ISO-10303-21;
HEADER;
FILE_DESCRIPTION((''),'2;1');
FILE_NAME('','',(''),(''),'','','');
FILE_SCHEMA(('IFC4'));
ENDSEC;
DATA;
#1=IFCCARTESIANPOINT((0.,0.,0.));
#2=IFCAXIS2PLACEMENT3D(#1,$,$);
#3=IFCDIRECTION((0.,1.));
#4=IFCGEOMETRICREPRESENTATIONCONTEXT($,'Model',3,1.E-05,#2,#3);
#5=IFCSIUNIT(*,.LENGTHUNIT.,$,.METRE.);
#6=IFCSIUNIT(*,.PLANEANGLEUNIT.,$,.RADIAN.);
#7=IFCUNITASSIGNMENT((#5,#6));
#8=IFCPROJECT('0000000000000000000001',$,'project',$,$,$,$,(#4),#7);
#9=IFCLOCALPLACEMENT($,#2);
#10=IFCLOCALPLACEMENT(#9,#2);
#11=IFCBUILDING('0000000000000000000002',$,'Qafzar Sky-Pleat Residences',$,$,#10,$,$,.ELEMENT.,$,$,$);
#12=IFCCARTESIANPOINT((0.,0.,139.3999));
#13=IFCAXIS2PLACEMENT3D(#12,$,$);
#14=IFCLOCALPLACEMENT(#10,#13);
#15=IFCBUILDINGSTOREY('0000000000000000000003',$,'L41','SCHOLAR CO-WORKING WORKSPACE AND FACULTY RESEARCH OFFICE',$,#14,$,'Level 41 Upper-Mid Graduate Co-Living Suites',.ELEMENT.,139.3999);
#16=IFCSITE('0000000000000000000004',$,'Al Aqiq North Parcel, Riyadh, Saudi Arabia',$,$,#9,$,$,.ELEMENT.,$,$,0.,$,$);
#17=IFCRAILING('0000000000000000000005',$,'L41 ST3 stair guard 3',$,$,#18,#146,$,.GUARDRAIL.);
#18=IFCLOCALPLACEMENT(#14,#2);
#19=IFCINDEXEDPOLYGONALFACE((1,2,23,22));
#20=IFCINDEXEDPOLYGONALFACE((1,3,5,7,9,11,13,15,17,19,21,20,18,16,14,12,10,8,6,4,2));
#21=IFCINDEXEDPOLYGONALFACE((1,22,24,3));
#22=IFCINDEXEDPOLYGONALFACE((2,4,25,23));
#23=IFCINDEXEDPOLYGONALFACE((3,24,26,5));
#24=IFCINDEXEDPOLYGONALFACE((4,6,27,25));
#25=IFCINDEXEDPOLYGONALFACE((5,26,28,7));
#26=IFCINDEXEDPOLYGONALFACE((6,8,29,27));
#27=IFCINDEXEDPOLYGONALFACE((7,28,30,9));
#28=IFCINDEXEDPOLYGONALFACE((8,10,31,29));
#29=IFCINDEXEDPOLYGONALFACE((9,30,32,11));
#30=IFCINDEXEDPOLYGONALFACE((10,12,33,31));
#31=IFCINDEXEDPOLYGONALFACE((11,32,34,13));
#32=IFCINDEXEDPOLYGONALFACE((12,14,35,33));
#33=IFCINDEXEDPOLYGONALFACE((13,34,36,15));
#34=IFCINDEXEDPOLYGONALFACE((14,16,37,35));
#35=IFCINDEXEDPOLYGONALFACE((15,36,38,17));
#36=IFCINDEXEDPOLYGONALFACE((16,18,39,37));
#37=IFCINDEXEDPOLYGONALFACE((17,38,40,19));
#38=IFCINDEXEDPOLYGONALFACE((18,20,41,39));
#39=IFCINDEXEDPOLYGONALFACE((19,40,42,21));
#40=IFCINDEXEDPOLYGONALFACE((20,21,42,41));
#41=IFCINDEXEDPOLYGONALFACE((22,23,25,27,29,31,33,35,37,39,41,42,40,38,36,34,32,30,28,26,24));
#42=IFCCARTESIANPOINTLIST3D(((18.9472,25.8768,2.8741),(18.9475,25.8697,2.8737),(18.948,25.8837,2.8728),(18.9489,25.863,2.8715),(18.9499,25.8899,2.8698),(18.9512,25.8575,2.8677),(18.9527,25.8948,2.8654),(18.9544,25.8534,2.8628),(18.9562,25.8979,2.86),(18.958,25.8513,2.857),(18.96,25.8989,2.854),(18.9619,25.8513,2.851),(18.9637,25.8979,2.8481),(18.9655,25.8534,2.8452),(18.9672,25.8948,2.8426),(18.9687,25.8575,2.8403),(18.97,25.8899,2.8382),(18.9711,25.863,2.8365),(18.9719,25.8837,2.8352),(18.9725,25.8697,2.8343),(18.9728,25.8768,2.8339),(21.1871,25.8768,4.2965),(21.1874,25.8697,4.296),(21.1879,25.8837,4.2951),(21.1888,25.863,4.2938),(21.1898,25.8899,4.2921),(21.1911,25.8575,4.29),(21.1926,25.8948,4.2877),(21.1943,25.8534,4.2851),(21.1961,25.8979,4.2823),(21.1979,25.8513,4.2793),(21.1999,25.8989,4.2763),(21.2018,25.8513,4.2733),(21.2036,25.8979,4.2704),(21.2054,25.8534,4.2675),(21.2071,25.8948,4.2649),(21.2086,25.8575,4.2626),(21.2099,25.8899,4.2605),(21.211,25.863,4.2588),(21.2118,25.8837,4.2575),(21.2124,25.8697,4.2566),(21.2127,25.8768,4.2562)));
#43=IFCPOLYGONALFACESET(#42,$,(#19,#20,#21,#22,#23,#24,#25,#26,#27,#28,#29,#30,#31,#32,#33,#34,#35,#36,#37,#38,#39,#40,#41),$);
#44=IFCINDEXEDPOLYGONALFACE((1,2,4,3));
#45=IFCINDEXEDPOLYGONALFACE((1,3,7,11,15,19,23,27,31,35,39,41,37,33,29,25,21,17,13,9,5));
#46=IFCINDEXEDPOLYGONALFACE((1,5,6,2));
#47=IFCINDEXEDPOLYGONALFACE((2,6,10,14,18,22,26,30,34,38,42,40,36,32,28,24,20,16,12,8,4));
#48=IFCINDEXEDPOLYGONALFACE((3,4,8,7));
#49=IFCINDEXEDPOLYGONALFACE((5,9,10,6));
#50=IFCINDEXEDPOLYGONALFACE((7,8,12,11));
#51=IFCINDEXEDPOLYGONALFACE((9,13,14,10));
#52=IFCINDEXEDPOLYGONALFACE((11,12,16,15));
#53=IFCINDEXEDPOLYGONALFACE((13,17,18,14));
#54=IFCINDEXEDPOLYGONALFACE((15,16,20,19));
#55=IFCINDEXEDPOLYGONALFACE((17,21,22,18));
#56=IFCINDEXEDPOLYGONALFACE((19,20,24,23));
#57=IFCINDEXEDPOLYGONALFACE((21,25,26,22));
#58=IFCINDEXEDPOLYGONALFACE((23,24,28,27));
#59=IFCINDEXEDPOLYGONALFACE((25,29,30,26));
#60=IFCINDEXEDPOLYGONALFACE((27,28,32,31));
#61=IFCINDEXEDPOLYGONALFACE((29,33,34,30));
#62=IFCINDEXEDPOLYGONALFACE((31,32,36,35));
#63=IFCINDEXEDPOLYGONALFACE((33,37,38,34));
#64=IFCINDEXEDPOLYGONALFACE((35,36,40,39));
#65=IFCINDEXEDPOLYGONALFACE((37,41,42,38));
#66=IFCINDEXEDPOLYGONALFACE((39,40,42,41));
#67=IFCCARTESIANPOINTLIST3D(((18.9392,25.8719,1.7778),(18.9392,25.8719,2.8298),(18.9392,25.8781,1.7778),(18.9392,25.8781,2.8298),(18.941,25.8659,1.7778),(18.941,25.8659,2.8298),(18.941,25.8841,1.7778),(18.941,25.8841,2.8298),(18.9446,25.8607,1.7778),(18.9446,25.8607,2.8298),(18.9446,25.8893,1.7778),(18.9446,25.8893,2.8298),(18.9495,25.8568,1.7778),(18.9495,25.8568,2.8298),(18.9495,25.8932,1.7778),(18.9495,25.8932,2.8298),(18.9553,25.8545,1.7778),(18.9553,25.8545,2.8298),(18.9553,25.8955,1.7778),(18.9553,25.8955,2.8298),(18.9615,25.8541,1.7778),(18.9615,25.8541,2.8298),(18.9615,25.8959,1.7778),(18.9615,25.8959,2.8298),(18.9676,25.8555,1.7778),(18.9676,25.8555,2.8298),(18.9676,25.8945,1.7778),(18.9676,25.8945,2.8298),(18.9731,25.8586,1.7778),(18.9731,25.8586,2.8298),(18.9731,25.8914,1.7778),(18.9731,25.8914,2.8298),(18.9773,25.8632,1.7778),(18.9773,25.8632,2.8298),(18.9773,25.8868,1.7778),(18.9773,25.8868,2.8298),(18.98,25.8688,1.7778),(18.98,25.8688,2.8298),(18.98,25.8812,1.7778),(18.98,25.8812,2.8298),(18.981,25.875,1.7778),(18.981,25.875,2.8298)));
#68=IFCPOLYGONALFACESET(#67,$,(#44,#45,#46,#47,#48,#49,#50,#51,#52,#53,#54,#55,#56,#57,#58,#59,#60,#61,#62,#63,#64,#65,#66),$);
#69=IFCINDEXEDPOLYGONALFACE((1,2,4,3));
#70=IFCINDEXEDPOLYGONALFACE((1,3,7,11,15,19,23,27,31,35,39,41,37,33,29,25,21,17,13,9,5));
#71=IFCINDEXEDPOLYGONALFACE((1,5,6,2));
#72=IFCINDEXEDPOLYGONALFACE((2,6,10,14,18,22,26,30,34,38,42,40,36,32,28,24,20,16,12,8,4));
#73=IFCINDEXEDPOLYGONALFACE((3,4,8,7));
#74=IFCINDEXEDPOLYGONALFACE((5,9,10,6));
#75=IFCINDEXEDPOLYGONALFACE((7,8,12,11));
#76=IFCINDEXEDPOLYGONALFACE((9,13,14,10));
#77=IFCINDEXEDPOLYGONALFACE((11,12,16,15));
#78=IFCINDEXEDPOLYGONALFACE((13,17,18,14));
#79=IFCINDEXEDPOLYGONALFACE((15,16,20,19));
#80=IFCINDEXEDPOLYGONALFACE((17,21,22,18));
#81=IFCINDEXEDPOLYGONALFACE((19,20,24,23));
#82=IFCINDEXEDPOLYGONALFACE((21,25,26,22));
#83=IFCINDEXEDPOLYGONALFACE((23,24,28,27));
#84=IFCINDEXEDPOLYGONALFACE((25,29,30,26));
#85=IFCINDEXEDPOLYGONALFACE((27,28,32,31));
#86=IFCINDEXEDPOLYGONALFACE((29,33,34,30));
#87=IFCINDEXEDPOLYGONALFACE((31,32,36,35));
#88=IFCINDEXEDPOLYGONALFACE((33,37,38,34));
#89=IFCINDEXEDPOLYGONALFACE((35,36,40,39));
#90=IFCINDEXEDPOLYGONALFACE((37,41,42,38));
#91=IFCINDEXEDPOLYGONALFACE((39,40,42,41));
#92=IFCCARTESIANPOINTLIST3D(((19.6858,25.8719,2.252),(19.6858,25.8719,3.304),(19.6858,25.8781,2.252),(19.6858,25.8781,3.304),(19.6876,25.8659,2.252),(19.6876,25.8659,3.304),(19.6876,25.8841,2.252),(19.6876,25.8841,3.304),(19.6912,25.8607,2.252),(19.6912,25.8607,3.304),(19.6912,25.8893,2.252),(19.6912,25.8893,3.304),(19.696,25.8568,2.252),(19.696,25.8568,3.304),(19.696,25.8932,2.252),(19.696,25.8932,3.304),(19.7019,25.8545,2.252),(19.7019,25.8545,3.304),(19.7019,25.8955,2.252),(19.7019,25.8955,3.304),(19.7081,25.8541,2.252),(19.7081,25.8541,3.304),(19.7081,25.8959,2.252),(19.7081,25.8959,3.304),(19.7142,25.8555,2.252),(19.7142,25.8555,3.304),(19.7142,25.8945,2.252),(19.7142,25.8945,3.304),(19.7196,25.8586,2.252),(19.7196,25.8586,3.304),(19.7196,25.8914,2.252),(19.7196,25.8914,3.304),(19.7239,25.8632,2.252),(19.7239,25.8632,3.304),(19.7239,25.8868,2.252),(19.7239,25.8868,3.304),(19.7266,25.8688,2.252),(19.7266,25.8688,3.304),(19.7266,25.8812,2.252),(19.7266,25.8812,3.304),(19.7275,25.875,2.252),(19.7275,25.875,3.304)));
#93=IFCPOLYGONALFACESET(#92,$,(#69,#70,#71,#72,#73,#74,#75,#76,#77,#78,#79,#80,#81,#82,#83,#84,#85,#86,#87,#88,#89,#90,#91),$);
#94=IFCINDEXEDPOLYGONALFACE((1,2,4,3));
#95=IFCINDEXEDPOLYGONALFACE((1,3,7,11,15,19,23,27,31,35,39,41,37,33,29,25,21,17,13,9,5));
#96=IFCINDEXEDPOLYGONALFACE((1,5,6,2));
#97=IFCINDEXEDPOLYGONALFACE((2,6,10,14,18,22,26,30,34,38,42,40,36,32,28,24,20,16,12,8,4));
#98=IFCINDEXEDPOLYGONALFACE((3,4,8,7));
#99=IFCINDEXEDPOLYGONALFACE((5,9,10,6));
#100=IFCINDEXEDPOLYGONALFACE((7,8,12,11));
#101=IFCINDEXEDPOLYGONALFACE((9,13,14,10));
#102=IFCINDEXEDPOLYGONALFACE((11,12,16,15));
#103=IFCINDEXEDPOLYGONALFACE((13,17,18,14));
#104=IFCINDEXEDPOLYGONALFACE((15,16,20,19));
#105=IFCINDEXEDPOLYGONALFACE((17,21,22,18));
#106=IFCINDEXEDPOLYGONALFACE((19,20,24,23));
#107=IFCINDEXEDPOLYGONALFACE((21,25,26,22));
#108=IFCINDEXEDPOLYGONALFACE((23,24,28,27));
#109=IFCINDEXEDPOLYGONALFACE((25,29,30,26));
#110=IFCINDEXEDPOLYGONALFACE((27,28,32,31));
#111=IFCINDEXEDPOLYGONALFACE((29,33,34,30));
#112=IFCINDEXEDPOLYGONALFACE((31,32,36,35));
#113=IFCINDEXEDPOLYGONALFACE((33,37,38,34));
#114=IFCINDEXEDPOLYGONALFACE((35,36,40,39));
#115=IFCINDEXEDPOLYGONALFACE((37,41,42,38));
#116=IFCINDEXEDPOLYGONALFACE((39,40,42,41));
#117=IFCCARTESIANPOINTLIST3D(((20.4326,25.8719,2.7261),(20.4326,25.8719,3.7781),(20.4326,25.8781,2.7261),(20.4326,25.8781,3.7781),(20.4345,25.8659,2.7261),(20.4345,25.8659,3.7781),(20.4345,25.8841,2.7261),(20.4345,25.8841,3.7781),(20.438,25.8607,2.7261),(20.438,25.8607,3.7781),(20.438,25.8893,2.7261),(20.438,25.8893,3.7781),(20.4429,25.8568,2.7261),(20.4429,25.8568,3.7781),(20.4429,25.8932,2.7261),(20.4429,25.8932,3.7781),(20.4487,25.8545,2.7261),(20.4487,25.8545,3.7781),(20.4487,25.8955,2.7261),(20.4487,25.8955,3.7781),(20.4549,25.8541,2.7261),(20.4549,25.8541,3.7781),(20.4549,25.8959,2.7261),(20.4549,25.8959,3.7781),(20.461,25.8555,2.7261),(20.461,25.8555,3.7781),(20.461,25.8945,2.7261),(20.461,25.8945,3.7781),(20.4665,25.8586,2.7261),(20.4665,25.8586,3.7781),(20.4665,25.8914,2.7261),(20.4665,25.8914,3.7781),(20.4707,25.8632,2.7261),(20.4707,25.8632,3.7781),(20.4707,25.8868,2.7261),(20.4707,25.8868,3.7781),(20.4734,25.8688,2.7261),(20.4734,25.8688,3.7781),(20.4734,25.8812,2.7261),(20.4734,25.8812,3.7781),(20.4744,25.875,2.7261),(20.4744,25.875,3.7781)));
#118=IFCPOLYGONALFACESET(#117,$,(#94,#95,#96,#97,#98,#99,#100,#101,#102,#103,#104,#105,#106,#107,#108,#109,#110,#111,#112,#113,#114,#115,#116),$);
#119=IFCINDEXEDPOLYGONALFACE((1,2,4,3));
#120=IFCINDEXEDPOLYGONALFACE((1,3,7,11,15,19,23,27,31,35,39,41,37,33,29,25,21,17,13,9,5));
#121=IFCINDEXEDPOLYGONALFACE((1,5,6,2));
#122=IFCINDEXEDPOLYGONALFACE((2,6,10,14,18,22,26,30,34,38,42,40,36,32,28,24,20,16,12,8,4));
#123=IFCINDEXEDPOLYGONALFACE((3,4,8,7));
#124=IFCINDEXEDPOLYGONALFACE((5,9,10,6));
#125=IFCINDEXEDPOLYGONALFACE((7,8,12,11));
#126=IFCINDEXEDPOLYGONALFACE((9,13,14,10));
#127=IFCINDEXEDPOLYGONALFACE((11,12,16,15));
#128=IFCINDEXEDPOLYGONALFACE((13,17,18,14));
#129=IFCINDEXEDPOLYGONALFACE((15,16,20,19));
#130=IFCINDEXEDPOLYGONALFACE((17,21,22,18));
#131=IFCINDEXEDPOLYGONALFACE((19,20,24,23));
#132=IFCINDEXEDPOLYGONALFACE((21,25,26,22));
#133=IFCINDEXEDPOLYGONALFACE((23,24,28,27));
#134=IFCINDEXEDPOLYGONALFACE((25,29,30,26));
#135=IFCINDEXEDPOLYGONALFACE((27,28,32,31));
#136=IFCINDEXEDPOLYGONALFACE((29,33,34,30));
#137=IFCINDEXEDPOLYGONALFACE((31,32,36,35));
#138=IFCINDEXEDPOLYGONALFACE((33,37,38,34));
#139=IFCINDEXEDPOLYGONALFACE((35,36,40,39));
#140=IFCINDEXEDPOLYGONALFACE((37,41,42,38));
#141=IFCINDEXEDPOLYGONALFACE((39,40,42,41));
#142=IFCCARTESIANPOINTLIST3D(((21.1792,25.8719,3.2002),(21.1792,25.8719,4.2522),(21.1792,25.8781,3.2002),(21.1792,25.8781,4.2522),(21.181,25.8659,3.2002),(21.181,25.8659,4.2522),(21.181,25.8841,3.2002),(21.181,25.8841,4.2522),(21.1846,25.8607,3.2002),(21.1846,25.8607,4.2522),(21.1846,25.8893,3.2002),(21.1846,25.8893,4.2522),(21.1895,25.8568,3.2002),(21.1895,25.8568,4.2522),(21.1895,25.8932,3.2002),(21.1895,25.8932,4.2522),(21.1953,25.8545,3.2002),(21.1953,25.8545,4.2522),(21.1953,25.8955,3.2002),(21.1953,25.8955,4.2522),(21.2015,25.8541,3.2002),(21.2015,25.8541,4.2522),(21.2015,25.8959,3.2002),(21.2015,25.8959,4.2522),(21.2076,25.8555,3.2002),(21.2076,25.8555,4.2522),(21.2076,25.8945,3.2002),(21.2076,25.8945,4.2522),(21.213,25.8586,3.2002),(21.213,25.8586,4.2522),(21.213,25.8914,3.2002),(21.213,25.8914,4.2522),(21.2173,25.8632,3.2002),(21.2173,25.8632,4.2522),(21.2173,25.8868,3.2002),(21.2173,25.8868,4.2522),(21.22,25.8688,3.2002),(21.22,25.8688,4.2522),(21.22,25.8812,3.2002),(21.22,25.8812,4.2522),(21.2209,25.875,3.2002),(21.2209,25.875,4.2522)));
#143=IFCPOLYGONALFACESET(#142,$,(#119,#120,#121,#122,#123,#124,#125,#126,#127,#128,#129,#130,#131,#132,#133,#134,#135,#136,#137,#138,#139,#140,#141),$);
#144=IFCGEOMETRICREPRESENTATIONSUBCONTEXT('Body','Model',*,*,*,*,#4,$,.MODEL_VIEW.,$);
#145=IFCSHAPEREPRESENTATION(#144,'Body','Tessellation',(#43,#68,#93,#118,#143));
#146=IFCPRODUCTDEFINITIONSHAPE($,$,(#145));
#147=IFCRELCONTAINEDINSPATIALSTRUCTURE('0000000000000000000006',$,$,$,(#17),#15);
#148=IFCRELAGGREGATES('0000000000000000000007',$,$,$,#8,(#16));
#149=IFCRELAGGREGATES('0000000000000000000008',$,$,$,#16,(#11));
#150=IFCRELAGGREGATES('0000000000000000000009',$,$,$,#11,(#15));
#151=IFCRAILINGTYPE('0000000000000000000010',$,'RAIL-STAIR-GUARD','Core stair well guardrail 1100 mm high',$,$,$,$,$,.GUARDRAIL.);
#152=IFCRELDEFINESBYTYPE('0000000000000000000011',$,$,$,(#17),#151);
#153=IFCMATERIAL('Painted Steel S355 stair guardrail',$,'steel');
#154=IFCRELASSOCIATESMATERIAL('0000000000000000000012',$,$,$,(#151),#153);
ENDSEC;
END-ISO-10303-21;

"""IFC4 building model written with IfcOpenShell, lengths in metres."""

from ifc_helpers import new_model, si_unit, direction, frame, origin, origin_2d, place, context, subcontext, project, spatial, circle, extrude, source, transform, mapped, material, type_object, element, save


model = new_model("IFC4")

# Units and contexts
model_context = context("Model", 3, precision=1e-05, world=origin(), true_north=direction((0.0, 1.0)))
body_context = subcontext(model_context, "Body", "Model", "MODEL_VIEW")
ifc_project = project(units=[si_unit("LENGTHUNIT", "METRE"), si_unit("PLANEANGLEUNIT", "RADIAN")], contexts=[model_context])

# Site, building, storey
site_placement = place(None, origin())
site = spatial("IfcSite", under=ifc_project, at=site_placement, Name="Al Aqiq North Parcel, Riyadh, Saudi Arabia", CompositionType="ELEMENT", RefElevation=0.0)
building_placement = place(site_placement, origin())
building = spatial("IfcBuilding", under=site, at=building_placement, Name="Qafzar Sky-Pleat Residences", CompositionType="ELEMENT")
storey_placement = place(building_placement, frame((0.0, 0.0, 139.3999)))
storey = spatial("IfcBuildingStorey", under=building, at=storey_placement, Name="L41", Description="SCHOLAR CO-WORKING WORKSPACE AND FACULTY RESEARCH OFFICE", LongName="Level 41 Upper-Mid Graduate Co-Living Suites", CompositionType="ELEMENT", Elevation=139.3999)

# Railing
ifc_material_1 = material(Name="Painted Steel S355 stair guardrail", Category="steel")
railing_type_1 = type_object("IfcRailingType", Name="RAIL-STAIR-GUARD", Description="Core stair well guardrail 1100 mm high", PredefinedType="GUARDRAIL", material=ifc_material_1)
shared_shape_1 = source(origin(), body_context, "Body", "SweptSolid", [
    extrude(circle(Radius=0.0239, at=origin_2d()), frame((0.0, 0.0, 1.0762), z_axis=(0.844188, 0.0, 0.536048), x_axis=(0.0, 1.0, 0.0)), (0.0, 0.0, 1.0), 2.6533),
    extrude(circle(Radius=0.021, at=origin_2d()), origin(), (0.0, 0.0, 1.0), 1.052),
    extrude(circle(Radius=0.021, at=origin_2d()), frame((0.7466, 0.0, 0.4741)), (0.0, 0.0, 1.0), 1.052),
    extrude(circle(Radius=0.021, at=origin_2d()), frame((1.4934, 0.0, 0.9482)), (0.0, 0.0, 1.0), 1.052),
    extrude(circle(Radius=0.021, at=origin_2d()), frame((2.24, 0.0, 1.4224)), (0.0, 0.0, 1.0), 1.052),
])
railing_1_placement = place(storey_placement, frame((18.96, 25.875, 1.7778)))
element("IfcRailing", 1, at=railing_1_placement, inside=storey, type_object=railing_type_1, Name="L41 ST3 stair guard 3", PredefinedType="GUARDRAIL", context=body_context, shape_type="MappedRepresentation", body=[
    mapped(shared_shape_1, transform((0.0, 0.0, 0.0), x_axis=(1.0, 0.0, 0.0), y_axis=(0.0, 1.0, 0.0), z_axis=(0.0, 0.0, 1.0), scale=1.0)),
])

save(model, "model.ifc")
